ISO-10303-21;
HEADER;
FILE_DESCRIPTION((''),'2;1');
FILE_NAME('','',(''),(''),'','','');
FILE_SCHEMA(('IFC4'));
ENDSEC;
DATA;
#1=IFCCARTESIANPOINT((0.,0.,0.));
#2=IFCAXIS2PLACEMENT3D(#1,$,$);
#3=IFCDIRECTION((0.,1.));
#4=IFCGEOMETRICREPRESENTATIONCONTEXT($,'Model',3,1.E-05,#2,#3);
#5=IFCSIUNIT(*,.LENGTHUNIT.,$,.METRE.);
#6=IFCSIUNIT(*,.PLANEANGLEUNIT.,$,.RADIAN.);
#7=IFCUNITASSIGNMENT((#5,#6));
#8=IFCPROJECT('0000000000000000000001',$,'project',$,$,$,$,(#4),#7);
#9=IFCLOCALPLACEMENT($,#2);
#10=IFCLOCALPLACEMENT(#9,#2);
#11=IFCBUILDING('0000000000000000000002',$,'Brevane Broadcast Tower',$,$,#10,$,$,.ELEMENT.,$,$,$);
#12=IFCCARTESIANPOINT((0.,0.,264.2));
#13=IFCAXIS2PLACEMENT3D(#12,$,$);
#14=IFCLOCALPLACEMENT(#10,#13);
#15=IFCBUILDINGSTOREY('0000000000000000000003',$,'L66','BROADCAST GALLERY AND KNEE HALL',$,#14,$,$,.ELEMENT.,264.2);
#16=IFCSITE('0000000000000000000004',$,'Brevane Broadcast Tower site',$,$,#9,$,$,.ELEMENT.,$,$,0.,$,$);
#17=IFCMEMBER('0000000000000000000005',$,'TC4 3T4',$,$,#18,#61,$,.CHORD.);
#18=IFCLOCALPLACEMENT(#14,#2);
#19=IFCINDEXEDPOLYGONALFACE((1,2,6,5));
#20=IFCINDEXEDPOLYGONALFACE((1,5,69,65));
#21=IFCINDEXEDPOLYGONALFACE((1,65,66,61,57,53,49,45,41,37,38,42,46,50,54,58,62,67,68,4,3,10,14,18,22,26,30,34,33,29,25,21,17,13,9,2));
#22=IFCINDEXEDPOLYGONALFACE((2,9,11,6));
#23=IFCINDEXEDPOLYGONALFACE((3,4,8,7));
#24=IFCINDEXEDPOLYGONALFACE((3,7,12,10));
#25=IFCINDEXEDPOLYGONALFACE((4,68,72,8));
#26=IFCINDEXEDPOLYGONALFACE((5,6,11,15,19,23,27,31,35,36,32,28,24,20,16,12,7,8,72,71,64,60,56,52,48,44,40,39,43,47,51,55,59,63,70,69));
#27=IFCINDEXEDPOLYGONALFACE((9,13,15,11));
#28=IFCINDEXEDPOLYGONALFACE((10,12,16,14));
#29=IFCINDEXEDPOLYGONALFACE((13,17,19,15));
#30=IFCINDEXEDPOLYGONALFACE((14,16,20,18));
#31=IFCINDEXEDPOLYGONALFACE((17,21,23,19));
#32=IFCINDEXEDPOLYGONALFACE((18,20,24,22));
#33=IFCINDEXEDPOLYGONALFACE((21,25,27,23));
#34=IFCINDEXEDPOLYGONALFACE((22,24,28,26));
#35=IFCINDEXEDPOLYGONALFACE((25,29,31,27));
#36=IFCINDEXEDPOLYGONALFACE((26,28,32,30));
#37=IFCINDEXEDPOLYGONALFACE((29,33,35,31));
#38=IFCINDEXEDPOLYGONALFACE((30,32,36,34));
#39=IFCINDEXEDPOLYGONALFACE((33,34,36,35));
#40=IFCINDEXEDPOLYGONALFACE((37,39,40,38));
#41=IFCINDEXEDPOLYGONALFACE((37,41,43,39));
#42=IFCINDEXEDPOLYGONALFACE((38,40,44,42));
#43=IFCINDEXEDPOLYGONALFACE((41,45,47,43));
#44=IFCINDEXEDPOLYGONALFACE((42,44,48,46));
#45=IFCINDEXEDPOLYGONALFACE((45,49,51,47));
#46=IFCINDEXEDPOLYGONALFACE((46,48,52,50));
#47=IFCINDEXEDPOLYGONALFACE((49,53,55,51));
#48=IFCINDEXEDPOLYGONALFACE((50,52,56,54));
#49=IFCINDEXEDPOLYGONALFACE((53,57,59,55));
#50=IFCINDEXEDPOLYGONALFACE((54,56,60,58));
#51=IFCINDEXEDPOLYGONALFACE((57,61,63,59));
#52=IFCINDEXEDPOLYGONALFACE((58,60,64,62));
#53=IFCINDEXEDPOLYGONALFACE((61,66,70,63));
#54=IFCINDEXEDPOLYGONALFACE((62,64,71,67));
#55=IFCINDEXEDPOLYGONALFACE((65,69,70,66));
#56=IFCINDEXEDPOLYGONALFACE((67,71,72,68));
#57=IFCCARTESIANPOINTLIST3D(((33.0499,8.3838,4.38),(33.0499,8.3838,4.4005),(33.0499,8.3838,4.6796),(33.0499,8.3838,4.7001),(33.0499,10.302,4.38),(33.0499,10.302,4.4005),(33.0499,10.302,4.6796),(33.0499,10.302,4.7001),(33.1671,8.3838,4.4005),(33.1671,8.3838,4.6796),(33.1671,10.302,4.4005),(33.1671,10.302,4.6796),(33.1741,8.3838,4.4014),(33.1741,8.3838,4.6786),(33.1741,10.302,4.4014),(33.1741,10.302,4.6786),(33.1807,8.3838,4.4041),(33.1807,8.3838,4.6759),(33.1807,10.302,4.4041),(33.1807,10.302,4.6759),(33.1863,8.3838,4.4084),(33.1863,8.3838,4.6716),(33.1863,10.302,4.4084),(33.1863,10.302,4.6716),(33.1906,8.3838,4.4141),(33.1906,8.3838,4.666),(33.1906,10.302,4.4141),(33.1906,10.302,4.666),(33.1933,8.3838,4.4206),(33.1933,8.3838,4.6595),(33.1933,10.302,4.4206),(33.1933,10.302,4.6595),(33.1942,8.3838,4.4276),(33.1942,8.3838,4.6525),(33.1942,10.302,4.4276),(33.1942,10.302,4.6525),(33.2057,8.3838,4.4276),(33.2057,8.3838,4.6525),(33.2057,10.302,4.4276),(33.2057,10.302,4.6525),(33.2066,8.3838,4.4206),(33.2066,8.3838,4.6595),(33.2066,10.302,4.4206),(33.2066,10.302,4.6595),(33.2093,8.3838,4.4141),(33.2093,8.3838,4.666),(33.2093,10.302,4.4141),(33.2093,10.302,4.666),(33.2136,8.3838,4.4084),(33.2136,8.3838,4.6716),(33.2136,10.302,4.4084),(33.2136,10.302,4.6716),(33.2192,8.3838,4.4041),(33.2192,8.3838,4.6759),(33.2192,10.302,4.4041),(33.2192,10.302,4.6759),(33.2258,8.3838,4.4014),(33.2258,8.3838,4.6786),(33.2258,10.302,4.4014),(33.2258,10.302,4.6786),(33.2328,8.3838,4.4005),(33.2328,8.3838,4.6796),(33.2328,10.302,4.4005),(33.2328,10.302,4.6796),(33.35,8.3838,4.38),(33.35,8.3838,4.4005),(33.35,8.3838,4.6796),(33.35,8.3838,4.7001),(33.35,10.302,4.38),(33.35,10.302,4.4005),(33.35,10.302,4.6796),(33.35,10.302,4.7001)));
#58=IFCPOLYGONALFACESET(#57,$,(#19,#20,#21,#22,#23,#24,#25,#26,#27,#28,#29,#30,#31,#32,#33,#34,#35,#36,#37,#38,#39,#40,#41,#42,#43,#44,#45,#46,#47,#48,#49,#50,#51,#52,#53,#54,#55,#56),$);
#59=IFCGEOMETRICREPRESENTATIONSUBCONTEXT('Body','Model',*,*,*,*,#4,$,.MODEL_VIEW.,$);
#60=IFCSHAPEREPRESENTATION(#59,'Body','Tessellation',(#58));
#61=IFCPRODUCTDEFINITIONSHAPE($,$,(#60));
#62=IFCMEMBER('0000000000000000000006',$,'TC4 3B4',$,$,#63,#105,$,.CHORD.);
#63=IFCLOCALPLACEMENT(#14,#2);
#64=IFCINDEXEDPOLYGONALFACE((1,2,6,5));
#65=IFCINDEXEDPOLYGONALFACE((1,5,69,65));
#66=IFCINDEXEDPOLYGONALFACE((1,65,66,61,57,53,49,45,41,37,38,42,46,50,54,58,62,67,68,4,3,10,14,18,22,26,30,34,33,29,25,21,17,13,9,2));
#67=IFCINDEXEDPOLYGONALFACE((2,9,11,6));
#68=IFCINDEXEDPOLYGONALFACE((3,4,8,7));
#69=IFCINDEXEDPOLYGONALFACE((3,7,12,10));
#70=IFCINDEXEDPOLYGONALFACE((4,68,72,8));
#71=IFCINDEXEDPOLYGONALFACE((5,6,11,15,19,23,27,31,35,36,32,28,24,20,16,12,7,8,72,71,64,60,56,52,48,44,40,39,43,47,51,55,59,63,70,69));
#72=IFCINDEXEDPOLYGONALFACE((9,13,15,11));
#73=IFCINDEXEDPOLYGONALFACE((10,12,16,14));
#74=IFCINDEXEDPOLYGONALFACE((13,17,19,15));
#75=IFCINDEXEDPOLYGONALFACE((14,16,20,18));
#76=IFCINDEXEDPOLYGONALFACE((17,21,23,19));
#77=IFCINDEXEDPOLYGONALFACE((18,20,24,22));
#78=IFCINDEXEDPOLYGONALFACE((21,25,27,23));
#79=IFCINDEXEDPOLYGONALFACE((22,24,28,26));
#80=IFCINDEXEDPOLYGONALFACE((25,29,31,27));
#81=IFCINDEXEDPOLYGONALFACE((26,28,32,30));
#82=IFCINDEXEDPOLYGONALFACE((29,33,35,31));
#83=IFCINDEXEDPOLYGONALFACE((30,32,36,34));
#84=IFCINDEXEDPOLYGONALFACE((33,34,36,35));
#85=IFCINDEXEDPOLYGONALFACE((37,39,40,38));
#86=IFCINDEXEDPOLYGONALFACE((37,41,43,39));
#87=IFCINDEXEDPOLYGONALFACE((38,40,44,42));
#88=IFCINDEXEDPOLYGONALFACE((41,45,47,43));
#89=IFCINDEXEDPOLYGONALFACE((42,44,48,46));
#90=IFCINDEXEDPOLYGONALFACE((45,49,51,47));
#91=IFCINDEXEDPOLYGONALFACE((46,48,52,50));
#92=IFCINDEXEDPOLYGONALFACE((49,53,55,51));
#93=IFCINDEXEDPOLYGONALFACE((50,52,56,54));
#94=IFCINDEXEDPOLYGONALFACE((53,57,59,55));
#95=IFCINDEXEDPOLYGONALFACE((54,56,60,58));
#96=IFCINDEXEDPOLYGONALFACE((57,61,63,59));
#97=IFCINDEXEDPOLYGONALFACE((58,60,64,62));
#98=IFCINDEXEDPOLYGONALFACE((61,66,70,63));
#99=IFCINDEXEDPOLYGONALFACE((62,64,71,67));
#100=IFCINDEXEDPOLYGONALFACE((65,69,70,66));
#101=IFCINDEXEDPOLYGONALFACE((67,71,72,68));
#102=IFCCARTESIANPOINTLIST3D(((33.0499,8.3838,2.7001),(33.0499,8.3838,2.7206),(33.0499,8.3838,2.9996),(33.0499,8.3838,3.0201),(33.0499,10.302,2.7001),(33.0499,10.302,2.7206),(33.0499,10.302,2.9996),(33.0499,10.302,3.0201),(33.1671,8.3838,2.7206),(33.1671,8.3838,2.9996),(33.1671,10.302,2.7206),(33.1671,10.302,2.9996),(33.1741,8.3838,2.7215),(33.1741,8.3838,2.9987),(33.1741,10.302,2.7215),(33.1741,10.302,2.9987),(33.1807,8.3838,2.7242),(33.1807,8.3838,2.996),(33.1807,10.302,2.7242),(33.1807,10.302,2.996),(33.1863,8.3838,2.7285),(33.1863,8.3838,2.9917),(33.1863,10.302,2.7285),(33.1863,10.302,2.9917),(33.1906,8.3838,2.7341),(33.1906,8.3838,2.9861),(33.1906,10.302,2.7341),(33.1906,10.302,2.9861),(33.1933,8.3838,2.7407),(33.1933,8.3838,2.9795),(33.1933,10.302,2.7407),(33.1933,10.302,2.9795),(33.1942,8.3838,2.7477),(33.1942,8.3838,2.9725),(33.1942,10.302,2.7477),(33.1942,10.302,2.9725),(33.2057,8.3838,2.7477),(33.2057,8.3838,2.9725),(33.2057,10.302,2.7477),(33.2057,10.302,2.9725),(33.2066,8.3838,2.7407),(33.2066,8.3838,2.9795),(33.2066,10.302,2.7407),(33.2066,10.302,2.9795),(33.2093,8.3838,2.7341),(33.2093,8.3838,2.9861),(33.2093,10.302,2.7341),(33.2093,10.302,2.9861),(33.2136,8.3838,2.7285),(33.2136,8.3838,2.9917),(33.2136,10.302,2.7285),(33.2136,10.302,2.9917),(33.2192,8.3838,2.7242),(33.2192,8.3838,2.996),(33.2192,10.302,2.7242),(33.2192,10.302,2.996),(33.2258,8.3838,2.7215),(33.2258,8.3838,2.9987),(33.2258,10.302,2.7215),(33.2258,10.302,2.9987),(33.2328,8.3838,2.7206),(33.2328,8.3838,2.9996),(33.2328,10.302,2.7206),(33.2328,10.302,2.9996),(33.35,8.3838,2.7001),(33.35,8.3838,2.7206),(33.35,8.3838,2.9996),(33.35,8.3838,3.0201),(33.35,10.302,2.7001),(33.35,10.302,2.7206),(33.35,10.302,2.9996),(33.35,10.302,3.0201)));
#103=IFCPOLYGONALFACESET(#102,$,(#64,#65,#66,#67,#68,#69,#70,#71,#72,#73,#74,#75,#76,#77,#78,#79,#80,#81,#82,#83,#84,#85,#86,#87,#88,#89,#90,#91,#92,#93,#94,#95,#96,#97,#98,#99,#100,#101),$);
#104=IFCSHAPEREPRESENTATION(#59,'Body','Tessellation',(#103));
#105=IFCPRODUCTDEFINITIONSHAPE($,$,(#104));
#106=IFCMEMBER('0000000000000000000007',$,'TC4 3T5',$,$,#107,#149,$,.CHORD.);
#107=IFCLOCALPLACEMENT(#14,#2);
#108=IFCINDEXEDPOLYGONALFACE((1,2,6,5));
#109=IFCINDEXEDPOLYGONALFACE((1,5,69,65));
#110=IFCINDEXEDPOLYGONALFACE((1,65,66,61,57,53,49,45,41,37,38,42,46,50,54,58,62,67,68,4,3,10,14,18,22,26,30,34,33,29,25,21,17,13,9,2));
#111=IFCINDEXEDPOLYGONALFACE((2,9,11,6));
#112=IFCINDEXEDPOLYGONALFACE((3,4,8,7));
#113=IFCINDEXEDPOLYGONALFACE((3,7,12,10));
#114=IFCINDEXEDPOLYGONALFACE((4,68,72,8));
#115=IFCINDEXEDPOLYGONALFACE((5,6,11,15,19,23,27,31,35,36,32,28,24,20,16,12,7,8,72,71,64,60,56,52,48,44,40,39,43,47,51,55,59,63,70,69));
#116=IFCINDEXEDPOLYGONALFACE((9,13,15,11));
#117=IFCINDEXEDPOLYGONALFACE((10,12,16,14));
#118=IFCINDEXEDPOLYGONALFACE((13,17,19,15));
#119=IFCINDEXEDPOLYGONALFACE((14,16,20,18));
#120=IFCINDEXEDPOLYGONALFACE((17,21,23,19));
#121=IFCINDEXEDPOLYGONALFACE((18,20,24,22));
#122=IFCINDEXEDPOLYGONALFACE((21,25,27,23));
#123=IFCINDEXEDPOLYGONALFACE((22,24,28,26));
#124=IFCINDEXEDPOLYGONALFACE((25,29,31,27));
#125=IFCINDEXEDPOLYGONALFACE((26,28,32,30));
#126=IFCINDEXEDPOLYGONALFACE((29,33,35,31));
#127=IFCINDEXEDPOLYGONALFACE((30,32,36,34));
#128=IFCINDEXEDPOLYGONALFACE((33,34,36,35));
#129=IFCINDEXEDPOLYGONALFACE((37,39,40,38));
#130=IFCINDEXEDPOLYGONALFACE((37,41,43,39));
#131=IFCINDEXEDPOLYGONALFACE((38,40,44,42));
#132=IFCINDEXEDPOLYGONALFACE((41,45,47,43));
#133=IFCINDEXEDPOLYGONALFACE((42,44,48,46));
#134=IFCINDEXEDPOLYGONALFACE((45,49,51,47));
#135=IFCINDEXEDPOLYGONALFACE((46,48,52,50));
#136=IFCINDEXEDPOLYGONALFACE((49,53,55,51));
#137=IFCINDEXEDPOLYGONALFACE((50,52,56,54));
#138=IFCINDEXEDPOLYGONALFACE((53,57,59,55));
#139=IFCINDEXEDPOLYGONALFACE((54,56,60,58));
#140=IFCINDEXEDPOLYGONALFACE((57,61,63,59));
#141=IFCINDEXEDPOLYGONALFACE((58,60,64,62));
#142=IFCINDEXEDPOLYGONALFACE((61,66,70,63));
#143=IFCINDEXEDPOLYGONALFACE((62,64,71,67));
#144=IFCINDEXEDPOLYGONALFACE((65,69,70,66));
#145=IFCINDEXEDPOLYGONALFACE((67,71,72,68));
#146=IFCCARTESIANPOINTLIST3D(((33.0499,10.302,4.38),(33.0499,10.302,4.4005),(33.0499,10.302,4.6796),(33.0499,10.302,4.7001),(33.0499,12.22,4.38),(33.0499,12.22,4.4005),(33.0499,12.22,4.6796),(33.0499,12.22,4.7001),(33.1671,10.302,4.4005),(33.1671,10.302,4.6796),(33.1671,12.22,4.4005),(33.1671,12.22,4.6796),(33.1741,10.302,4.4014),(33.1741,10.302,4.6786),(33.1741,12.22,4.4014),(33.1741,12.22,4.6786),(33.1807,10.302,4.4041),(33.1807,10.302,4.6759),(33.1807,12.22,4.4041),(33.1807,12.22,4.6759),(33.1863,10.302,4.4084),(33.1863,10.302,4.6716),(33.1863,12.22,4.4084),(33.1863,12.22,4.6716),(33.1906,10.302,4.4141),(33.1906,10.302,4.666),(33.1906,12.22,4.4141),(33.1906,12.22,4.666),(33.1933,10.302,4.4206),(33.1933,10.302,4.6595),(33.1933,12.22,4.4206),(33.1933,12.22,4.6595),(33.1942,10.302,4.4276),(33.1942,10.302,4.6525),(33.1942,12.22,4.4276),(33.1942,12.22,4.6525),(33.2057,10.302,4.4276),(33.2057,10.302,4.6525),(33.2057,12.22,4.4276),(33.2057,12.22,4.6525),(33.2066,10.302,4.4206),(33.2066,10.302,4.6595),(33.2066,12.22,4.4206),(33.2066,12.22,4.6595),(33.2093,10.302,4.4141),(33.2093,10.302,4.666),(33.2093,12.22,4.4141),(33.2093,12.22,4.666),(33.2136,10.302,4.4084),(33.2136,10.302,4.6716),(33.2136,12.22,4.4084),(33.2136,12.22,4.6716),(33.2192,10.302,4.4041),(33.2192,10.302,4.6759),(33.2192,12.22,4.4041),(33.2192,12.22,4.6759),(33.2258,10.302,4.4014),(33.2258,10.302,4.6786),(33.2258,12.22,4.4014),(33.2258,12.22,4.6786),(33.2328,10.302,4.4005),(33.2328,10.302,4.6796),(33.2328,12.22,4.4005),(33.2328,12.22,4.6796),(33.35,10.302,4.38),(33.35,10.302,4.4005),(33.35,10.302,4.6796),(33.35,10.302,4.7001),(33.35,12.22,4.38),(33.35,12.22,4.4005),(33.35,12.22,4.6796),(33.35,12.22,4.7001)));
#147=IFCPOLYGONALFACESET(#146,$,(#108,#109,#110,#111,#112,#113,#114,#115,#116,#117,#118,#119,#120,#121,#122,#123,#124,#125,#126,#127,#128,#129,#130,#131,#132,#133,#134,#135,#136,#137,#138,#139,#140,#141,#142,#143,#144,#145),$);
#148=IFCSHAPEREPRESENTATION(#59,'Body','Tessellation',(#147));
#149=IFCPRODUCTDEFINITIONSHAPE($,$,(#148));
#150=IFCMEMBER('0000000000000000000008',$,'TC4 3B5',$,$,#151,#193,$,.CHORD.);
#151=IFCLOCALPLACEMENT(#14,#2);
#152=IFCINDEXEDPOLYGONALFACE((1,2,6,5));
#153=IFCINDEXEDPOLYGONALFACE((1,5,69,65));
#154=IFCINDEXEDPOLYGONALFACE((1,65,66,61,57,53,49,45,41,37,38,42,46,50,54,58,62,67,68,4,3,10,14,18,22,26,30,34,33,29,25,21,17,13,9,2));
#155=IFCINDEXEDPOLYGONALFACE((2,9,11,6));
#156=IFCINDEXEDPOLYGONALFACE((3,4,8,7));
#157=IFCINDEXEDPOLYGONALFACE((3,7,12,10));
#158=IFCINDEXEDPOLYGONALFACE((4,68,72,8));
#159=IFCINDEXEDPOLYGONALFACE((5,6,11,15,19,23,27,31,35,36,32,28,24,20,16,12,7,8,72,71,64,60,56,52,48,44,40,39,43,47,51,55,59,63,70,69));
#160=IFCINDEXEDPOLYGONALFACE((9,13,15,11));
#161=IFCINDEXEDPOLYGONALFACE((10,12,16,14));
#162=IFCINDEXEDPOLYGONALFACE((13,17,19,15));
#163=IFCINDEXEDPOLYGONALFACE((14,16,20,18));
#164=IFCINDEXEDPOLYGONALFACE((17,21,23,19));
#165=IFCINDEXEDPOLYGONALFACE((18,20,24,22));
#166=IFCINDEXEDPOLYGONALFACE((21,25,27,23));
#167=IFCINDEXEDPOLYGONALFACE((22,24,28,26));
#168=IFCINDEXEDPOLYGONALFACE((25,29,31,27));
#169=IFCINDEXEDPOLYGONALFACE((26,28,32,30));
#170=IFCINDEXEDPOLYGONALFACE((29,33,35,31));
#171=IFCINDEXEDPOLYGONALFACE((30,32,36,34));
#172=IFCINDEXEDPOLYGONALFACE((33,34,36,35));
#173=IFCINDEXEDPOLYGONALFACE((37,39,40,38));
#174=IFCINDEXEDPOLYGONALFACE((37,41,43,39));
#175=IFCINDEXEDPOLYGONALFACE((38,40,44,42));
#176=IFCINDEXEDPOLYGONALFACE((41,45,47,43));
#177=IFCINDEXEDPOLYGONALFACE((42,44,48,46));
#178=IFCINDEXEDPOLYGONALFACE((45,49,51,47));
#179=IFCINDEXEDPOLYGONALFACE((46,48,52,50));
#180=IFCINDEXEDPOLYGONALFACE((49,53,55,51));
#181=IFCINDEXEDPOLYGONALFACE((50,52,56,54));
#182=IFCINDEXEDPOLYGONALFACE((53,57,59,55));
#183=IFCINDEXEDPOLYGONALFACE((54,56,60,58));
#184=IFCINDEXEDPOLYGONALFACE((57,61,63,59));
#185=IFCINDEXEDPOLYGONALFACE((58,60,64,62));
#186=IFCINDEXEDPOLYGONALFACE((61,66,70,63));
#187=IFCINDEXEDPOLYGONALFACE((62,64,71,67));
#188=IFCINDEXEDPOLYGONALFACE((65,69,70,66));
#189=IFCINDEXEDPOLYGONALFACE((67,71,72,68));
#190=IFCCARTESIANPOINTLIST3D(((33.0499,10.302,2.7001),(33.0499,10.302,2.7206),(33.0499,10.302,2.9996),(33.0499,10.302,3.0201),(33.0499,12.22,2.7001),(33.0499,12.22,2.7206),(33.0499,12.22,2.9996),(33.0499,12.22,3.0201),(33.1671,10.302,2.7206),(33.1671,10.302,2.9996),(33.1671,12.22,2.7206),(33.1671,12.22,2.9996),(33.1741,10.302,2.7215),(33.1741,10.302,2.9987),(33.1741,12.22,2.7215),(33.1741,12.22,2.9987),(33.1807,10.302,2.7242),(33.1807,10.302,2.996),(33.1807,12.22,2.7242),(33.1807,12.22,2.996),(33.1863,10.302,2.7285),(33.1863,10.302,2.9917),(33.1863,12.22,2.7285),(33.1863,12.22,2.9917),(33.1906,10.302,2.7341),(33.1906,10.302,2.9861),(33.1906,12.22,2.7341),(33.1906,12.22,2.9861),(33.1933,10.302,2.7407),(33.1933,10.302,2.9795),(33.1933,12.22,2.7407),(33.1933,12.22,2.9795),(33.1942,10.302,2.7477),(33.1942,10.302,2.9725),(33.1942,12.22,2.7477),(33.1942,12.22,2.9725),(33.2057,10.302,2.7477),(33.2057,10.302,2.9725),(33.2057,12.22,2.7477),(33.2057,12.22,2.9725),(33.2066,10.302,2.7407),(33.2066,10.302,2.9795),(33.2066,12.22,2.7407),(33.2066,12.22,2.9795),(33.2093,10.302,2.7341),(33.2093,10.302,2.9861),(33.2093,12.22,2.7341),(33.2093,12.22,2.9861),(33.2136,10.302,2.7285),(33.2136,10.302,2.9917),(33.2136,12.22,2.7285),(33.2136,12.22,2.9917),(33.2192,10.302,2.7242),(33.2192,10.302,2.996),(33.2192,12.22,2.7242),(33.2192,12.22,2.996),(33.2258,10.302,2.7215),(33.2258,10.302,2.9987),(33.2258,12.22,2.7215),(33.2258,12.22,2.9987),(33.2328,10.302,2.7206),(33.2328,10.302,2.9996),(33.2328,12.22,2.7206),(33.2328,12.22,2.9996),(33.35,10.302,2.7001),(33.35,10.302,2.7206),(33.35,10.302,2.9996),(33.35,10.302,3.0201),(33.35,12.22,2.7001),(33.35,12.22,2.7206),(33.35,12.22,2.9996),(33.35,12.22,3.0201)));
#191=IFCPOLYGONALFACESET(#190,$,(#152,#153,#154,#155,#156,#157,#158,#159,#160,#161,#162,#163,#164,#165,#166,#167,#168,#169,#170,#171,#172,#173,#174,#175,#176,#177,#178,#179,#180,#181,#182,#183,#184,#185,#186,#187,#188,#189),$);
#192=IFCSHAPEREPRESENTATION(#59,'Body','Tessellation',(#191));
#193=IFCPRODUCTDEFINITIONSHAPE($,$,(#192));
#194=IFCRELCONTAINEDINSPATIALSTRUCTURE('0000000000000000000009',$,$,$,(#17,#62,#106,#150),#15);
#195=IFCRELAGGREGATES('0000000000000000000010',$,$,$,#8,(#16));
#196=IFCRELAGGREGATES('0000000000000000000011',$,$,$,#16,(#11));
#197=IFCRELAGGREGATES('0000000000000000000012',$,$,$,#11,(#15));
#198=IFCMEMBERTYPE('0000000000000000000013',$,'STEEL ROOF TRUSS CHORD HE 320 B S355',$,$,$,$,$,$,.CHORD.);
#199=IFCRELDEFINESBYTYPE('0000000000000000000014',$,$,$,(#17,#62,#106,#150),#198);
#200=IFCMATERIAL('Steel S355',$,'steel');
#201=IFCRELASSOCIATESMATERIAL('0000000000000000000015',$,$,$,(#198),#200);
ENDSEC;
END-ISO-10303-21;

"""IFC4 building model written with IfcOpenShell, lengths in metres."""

from ifc_helpers import new_model, si_unit, direction, frame, origin, origin_2d, place, context, subcontext, project, spatial, i_section, extrude, material, material_profile, profile_set, type_object, element, save


model = new_model("IFC4")

# Units and contexts
model_context = context("Model", 3, precision=1e-05, world=origin(), true_north=direction((0.0, 1.0)))
body_context = subcontext(model_context, "Body", "Model", "MODEL_VIEW")
ifc_project = project(units=[si_unit("LENGTHUNIT", "METRE"), si_unit("PLANEANGLEUNIT", "RADIAN")], contexts=[model_context])

# Site, building, storey
site_placement = place(None, origin())
site = spatial("IfcSite", under=ifc_project, at=site_placement, Name="Brevane Broadcast Tower site", CompositionType="ELEMENT", RefElevation=0.0)
building_placement = place(site_placement, origin())
building = spatial("IfcBuilding", under=site, at=building_placement, Name="Brevane Broadcast Tower", CompositionType="ELEMENT")
storey_placement = place(building_placement, frame((0.0, 0.0, 264.2)))
storey = spatial("IfcBuildingStorey", under=building, at=storey_placement, Name="L66", Description="BROADCAST GALLERY AND KNEE HALL", CompositionType="ELEMENT", Elevation=264.2)

# Members
ifc_material_1 = material(Name="Steel S355", Category="steel")
ifc_material_profile_1 = material_profile(ifc_material_1, i_section(OverallWidth=0.3, OverallDepth=0.3201, WebThickness=0.0115, FlangeThickness=0.0205, FilletRadius=0.0271, at=origin_2d()), Name="HE 320 B")
ifc_profile_set_1 = profile_set([ifc_material_profile_1], Name="Steel S355")
member_type_1 = type_object("IfcMemberType", Name="STEEL ROOF TRUSS CHORD HE 320 B S355", PredefinedType="CHORD", material=ifc_profile_set_1)
for number, where, z_axis, x_axis, name in (
    (1, (33.2, 8.3838, 4.54), (0.0, 1.0, 0.0), (-1.0, 0.0, 0.0), "TC4 3T4"),
    (2, (33.2, 8.3838, 2.8601), (0.0, 1.0, 0.0), (-1.0, 0.0, 0.0), "TC4 3B4"),
):
    element("IfcMember", number, at=place(storey_placement, frame(where, z_axis=z_axis, x_axis=x_axis)), inside=storey, type_object=member_type_1, Name=name, PredefinedType="CHORD", context=body_context, shape_type="SweptSolid", body=[
        extrude(i_section(OverallWidth=0.3, OverallDepth=0.3201, WebThickness=0.0115, FlangeThickness=0.0205, FilletRadius=0.0271, at=origin_2d()), origin(), (0.0, 0.0, 1.0), 1.9182),
    ])
for number, where, z_axis, x_axis, name in (
    (3, (33.2, 10.302, 4.54), (0.0, 1.0, 0.0), (-1.0, 0.0, 0.0), "TC4 3T5"),
    (4, (33.2, 10.302, 2.8601), (0.0, 1.0, 0.0), (-1.0, 0.0, 0.0), "TC4 3B5"),
):
    element("IfcMember", number, at=place(storey_placement, frame(where, z_axis=z_axis, x_axis=x_axis)), inside=storey, type_object=member_type_1, Name=name, PredefinedType="CHORD", context=body_context, shape_type="SweptSolid", body=[
        extrude(i_section(OverallWidth=0.3, OverallDepth=0.3201, WebThickness=0.0115, FlangeThickness=0.0205, FilletRadius=0.0271, at=origin_2d()), origin(), (0.0, 0.0, 1.0), 1.918),
    ])

save(model, "model.ifc")
